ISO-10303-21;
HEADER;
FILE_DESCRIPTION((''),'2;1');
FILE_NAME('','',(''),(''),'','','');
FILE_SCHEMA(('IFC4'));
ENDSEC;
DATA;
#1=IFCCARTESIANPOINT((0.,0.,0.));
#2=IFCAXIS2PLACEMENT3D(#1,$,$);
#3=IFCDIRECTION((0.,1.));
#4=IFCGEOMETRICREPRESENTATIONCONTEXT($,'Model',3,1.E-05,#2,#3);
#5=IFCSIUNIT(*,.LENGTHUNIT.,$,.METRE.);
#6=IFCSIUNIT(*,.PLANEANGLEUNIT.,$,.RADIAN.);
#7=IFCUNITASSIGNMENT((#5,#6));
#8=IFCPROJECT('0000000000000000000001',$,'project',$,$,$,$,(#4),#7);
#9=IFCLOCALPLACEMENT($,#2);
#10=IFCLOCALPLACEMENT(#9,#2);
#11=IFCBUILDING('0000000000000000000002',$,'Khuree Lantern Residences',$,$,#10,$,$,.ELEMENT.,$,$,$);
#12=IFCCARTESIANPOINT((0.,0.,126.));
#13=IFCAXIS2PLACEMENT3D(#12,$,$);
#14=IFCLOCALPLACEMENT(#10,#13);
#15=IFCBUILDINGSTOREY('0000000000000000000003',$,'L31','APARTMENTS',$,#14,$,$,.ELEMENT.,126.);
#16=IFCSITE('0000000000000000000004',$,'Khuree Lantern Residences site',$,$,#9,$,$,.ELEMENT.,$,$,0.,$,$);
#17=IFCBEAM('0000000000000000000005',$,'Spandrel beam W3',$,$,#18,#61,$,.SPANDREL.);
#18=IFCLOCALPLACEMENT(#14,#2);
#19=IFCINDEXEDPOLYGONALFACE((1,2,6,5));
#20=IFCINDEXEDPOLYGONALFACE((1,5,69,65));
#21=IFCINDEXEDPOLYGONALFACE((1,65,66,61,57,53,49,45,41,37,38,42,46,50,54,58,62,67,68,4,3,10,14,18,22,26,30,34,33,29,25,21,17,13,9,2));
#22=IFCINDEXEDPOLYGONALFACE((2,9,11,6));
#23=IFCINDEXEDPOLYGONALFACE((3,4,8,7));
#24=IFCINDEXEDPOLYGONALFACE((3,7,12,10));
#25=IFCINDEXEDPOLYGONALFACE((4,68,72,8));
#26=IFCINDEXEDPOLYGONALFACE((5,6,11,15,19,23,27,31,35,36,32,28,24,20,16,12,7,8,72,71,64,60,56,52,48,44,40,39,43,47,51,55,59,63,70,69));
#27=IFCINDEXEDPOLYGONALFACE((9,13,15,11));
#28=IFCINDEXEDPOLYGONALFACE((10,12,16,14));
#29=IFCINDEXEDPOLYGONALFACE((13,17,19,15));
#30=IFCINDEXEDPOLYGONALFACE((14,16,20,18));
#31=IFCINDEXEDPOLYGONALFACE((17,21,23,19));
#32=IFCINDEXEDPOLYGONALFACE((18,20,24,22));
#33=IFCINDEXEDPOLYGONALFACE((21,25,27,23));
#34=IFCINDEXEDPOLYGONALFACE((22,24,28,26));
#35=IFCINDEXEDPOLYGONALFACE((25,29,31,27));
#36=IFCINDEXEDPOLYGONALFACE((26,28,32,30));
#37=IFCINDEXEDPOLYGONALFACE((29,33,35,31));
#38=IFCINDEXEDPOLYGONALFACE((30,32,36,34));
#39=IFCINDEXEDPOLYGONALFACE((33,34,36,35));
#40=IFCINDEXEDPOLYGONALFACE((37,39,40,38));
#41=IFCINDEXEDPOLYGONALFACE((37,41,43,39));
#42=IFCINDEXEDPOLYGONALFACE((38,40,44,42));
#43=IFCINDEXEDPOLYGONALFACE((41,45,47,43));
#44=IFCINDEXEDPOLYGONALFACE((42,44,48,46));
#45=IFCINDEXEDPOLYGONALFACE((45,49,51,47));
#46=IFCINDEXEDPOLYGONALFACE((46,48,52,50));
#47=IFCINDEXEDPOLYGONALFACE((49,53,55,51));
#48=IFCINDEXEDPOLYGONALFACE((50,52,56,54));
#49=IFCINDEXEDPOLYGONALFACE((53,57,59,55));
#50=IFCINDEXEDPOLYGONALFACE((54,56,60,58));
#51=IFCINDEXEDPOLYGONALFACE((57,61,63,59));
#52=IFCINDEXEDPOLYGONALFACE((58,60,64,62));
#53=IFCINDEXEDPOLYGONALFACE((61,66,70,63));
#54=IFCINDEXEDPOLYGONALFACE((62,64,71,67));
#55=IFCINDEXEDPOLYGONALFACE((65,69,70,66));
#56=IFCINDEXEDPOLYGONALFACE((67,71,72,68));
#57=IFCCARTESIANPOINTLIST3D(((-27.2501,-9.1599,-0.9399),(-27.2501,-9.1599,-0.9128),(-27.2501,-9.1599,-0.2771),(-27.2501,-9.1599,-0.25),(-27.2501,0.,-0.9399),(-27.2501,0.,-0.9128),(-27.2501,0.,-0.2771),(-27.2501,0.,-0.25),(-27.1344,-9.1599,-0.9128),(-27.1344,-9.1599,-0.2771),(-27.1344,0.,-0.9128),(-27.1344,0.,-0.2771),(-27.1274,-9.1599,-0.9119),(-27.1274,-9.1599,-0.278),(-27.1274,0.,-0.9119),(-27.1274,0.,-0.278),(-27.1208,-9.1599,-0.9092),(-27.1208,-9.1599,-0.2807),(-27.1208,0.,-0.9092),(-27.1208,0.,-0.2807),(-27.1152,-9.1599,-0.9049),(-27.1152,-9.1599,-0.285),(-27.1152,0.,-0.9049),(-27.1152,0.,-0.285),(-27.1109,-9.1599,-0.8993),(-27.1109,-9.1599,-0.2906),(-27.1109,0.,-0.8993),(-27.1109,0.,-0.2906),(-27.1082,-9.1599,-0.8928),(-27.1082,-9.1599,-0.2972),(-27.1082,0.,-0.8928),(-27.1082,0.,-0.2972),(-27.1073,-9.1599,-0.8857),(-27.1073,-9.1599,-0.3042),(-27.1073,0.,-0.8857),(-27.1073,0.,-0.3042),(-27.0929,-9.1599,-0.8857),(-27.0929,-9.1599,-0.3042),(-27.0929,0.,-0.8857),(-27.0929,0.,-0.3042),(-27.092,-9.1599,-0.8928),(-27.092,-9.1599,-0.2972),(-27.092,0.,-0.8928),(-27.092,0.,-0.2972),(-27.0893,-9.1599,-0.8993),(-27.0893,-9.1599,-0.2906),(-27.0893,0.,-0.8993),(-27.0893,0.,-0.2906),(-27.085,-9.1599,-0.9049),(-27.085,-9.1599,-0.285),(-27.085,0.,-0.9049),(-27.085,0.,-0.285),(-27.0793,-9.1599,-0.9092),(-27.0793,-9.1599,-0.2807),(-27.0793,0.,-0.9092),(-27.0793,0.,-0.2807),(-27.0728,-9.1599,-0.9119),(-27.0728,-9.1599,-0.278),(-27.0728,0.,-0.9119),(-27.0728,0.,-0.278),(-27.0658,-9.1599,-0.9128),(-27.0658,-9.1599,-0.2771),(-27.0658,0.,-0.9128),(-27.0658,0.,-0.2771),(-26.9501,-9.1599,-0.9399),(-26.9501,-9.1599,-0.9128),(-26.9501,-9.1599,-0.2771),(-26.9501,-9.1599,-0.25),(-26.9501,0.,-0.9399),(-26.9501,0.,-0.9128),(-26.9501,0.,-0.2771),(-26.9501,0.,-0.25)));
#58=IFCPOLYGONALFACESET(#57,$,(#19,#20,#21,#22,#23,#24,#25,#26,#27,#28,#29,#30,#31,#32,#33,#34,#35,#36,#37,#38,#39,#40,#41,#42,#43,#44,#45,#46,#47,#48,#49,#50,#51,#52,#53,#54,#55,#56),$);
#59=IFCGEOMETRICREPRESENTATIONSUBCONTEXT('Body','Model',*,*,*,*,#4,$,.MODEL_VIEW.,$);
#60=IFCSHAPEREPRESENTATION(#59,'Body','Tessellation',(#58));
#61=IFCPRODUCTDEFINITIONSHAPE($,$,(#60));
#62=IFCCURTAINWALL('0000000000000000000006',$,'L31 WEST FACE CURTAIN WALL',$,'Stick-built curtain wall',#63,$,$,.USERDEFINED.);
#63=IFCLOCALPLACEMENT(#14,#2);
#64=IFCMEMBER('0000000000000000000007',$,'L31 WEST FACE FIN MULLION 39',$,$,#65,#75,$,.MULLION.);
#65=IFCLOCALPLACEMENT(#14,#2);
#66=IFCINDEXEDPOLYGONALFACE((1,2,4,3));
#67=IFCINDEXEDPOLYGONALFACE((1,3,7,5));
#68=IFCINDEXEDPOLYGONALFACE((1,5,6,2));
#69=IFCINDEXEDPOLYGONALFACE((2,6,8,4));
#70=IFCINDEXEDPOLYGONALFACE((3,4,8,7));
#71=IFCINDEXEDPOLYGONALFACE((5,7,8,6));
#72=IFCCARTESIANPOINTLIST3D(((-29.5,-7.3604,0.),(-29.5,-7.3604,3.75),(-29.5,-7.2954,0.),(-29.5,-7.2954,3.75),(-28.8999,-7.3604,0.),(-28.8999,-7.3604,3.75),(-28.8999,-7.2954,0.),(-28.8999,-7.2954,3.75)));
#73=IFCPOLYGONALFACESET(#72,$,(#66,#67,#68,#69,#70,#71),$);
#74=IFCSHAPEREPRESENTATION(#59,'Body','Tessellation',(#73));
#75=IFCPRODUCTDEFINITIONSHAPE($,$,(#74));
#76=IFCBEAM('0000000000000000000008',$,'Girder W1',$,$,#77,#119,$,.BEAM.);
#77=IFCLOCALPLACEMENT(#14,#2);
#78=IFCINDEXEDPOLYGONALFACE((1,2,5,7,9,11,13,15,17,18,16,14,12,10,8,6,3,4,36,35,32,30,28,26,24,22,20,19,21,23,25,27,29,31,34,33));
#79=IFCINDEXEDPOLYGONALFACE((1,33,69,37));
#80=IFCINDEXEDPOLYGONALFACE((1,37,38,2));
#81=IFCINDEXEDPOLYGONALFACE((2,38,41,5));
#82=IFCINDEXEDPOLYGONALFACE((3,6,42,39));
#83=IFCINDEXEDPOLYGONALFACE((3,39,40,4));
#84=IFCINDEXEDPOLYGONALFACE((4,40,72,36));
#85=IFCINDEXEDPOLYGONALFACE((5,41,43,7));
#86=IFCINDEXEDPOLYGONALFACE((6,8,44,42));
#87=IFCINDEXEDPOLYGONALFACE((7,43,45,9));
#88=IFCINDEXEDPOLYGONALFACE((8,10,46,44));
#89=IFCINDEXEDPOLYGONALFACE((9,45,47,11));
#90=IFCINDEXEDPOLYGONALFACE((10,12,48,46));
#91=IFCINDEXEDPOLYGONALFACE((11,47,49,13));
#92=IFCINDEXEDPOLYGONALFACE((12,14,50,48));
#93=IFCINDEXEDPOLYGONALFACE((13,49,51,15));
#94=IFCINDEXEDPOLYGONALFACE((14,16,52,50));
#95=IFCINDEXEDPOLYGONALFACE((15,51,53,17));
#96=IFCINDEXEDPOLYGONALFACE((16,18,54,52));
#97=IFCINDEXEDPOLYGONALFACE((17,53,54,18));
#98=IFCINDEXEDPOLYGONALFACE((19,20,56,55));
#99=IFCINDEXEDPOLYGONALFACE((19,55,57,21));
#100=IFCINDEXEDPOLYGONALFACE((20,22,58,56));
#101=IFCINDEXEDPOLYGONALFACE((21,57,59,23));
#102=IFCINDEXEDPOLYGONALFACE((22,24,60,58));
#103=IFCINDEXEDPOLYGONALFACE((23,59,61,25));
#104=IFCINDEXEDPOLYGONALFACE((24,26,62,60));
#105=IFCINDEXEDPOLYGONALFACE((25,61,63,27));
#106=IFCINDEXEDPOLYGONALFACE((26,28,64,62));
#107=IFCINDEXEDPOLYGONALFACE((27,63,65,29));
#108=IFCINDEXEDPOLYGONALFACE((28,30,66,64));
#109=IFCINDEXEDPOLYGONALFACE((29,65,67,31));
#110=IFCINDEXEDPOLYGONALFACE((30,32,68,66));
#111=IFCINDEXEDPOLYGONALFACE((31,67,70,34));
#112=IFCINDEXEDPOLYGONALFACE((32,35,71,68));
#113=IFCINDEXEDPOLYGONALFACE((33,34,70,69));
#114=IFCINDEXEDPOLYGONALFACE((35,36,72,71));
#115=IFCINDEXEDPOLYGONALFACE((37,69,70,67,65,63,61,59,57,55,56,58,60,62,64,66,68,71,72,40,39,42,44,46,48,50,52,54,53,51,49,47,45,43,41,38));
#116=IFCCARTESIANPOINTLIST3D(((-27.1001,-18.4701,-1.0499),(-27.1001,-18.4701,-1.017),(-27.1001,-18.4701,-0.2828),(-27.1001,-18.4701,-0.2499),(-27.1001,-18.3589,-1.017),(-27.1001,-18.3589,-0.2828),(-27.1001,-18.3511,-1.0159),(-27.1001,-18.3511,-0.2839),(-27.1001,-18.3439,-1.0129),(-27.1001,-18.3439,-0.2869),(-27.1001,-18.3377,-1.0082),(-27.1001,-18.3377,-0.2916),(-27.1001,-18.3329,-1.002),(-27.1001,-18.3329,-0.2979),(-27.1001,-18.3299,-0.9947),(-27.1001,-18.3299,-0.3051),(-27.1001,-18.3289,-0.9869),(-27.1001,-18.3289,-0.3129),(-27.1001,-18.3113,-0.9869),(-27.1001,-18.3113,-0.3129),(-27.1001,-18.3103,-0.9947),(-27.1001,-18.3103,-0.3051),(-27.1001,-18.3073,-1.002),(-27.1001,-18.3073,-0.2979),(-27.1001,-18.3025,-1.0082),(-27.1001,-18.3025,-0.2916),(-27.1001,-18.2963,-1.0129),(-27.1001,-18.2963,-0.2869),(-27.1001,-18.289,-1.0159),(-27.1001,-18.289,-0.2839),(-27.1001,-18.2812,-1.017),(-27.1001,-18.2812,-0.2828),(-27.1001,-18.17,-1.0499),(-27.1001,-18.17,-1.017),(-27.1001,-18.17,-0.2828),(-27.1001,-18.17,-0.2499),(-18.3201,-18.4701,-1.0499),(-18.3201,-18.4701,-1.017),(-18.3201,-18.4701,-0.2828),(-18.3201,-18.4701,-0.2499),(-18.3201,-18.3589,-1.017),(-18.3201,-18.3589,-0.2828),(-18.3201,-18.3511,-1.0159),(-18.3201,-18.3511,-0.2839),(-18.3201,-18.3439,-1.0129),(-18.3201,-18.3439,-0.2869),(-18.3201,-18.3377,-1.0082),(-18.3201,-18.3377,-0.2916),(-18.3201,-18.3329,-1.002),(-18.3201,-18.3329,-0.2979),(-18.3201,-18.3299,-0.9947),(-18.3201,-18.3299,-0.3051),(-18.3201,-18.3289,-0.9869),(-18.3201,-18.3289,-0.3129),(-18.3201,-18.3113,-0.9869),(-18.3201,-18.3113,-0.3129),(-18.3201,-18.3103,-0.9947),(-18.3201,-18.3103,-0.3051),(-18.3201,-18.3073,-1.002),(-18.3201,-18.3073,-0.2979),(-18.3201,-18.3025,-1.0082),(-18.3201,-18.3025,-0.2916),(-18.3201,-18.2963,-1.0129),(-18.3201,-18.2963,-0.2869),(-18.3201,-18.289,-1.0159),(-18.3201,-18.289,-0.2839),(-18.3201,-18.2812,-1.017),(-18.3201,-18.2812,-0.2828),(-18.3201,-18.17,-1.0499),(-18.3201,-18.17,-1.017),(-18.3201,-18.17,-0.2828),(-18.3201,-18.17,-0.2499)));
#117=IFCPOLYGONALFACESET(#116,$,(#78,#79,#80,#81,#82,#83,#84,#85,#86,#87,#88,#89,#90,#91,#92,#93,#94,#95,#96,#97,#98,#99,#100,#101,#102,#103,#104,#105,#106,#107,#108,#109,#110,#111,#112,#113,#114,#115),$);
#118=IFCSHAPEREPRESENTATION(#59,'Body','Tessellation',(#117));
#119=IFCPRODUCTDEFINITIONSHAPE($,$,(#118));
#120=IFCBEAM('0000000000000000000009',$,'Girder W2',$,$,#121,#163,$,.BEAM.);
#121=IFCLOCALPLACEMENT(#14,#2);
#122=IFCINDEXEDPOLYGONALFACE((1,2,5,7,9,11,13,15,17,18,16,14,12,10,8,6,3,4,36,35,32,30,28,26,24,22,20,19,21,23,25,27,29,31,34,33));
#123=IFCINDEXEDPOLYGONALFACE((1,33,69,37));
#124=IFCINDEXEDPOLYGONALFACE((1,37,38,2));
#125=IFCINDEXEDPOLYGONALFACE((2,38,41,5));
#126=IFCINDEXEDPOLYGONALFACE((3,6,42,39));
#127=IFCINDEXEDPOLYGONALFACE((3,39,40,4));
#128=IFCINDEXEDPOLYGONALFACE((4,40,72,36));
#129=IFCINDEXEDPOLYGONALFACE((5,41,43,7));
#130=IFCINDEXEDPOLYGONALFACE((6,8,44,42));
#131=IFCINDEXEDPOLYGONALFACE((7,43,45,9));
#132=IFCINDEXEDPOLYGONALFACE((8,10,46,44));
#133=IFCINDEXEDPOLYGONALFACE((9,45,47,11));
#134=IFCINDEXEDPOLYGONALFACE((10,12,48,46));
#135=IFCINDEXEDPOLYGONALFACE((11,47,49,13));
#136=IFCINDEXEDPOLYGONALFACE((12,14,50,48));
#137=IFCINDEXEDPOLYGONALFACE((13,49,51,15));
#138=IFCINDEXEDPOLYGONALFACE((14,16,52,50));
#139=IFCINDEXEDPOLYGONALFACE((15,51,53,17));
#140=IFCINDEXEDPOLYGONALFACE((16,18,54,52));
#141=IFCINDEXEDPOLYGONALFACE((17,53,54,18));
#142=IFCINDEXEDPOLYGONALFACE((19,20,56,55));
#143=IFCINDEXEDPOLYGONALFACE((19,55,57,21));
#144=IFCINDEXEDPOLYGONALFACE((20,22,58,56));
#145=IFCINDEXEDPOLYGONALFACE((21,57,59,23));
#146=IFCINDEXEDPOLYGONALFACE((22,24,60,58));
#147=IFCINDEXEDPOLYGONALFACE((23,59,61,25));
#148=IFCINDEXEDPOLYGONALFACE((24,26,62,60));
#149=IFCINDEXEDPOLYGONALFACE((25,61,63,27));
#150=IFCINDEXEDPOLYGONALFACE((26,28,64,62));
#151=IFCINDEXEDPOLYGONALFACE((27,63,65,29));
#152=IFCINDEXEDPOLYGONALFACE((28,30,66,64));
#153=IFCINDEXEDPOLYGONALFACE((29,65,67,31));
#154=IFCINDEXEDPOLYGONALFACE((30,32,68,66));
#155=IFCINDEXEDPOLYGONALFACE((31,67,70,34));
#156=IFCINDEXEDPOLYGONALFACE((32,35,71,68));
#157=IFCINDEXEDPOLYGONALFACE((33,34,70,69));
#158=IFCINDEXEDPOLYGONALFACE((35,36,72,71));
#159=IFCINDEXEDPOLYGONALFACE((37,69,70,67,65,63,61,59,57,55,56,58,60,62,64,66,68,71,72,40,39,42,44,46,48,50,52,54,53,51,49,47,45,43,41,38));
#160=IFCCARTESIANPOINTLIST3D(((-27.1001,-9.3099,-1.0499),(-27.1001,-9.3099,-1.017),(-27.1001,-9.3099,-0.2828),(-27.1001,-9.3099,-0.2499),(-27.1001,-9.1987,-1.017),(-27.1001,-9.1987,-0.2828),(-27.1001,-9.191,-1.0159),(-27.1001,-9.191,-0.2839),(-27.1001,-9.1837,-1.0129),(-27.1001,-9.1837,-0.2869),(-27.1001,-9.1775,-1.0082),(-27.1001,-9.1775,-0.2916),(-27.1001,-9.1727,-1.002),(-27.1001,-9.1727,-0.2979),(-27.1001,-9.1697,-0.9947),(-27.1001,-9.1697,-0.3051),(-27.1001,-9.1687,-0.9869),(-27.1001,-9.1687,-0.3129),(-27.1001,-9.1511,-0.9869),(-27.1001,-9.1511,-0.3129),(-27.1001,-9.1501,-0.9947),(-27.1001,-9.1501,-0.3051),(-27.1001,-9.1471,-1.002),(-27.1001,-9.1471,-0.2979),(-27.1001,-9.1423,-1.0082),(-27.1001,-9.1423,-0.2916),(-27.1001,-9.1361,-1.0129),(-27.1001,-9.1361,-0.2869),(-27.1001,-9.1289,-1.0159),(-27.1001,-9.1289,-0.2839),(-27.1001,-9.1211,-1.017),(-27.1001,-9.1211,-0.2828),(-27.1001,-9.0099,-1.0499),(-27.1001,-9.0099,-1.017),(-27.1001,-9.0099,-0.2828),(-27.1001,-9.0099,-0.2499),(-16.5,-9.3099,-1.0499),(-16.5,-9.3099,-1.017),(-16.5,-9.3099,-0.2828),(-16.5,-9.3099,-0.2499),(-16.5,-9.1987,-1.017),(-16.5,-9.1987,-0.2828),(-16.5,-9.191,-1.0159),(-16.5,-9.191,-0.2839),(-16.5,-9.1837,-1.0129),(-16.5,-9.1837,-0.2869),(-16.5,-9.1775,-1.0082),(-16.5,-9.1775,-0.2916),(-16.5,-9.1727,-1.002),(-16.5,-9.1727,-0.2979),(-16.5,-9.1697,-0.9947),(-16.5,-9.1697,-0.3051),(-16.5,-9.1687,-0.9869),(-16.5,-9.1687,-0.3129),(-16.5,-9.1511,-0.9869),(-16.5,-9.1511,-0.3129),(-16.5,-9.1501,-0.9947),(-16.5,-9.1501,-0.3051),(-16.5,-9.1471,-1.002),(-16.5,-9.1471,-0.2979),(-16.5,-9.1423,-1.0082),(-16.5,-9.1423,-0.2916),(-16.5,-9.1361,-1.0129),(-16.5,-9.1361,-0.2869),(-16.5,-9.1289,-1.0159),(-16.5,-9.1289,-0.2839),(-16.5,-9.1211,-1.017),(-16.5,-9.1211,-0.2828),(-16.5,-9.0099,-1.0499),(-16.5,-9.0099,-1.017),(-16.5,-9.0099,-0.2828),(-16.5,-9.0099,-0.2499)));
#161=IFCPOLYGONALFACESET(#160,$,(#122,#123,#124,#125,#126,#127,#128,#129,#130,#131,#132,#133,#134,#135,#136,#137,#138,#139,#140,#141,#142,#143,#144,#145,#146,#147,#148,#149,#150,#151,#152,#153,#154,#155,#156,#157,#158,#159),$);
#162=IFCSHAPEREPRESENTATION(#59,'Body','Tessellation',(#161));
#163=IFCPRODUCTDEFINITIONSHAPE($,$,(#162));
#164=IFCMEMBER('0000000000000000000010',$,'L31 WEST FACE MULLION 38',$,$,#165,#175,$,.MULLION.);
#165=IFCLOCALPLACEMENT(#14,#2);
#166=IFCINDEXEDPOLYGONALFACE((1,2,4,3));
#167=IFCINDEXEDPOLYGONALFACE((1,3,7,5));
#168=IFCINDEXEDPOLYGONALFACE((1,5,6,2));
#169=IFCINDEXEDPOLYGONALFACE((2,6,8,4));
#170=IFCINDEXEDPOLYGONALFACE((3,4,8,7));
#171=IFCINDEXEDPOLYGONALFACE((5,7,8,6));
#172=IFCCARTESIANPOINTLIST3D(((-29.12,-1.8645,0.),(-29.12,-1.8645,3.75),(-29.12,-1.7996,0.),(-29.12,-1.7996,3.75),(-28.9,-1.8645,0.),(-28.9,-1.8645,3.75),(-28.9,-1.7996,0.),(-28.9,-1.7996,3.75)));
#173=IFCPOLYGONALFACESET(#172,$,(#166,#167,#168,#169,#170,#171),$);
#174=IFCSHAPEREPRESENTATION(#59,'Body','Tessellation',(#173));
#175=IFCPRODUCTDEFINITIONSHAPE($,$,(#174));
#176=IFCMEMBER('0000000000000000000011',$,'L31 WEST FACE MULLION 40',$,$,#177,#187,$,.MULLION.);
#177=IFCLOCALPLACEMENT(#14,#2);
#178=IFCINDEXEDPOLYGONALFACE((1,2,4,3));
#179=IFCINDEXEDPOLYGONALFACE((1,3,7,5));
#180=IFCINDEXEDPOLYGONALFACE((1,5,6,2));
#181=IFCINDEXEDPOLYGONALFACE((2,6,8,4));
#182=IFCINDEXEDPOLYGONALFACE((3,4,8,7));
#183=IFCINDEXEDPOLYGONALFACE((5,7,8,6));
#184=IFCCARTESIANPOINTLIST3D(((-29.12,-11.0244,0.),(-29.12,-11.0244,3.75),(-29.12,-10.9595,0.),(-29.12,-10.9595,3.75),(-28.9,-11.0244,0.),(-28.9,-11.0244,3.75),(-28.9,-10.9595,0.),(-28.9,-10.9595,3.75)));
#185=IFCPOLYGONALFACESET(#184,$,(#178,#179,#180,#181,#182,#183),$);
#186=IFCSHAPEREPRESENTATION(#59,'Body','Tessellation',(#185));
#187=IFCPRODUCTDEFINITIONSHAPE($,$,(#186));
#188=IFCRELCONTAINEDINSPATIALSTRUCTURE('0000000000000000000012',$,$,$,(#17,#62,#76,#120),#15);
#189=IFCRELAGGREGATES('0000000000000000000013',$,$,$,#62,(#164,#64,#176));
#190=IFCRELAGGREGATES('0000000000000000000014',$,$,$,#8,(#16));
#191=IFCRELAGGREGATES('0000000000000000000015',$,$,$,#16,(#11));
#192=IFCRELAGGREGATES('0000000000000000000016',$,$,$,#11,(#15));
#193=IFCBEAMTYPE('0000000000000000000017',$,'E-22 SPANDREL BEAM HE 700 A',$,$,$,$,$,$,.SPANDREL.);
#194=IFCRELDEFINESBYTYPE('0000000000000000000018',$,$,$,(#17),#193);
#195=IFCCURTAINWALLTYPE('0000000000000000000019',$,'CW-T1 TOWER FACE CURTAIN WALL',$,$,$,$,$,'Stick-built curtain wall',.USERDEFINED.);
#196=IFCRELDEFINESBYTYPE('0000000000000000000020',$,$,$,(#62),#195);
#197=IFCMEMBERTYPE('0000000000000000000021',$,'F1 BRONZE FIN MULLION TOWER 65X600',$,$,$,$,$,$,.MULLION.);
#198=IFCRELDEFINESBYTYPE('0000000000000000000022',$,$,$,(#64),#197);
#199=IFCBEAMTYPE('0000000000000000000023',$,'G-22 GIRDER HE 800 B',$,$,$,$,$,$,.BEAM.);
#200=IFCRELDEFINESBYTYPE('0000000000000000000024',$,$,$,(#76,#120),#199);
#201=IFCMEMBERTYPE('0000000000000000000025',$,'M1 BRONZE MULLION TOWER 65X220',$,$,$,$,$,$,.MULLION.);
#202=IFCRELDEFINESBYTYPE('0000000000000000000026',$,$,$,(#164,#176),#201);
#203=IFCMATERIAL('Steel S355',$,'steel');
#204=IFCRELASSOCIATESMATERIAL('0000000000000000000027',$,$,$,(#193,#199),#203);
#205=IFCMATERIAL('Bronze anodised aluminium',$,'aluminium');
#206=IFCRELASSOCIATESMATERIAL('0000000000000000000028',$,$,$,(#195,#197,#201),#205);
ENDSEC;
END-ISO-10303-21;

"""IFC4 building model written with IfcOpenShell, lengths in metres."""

from ifc_helpers import new_model, si_unit, direction, frame, origin, origin_2d, place, context, subcontext, project, spatial, rectangle, i_section, extrude, material, material_profile, profile_set, type_object, element, aggregate, save


model = new_model("IFC4")

# Units and contexts
model_context = context("Model", 3, precision=1e-05, world=origin(), true_north=direction((0.0, 1.0)))
body_context = subcontext(model_context, "Body", "Model", "MODEL_VIEW")
ifc_project = project(units=[si_unit("LENGTHUNIT", "METRE"), si_unit("PLANEANGLEUNIT", "RADIAN")], contexts=[model_context])

# Site, building, storey
site_placement = place(None, origin())
site = spatial("IfcSite", under=ifc_project, at=site_placement, Name="Khuree Lantern Residences site", CompositionType="ELEMENT", RefElevation=0.0)
building_placement = place(site_placement, origin())
building = spatial("IfcBuilding", under=site, at=building_placement, Name="Khuree Lantern Residences", CompositionType="ELEMENT")
storey_placement = place(building_placement, frame((0.0, 0.0, 126.0)))
storey = spatial("IfcBuildingStorey", under=building, at=storey_placement, Name="L31", Description="APARTMENTS", CompositionType="ELEMENT", Elevation=126.0)

# Beam
ifc_material_1 = material(Name="Steel S355", Category="steel")
ifc_material_profile_1 = material_profile(ifc_material_1, i_section(OverallWidth=0.3, OverallDepth=0.6899, WebThickness=0.0144, FlangeThickness=0.0271, FilletRadius=0.0271, at=origin_2d()), Name="HE 700 A")
ifc_profile_set_1 = profile_set([ifc_material_profile_1], Name="Steel S355")
beam_type_1 = type_object("IfcBeamType", Name="E-22 SPANDREL BEAM HE 700 A", PredefinedType="SPANDREL", material=ifc_profile_set_1)
beam_1_placement = place(storey_placement, frame((-27.1001, -9.1599, -0.595), z_axis=(0.0, 1.0, 0.0), x_axis=(-1.0, 0.0, 0.0)))
element("IfcBeam", 1, at=beam_1_placement, inside=storey, type_object=beam_type_1, Name="Spandrel beam W3", PredefinedType="SPANDREL", context=body_context, shape_type="SweptSolid", body=[
    extrude(i_section(OverallWidth=0.3, OverallDepth=0.6899, WebThickness=0.0144, FlangeThickness=0.0271, FilletRadius=0.0271, at=origin_2d()), origin(), (0.0, 0.0, 1.0), 9.1599),
])

# Curtain wall, member
ifc_material_2 = material(Name="Bronze anodised aluminium", Category="aluminium")
curtain_wall_type = type_object("IfcCurtainWallType", Name="CW-T1 TOWER FACE CURTAIN WALL", ElementType="Stick-built curtain wall", PredefinedType="USERDEFINED", material=ifc_material_2)
curtain_wall_placement = place(storey_placement, origin())
curtain_wall = element("IfcCurtainWall", 2, at=curtain_wall_placement, inside=storey, type_object=curtain_wall_type, Name="L31 WEST FACE CURTAIN WALL", ObjectType="Stick-built curtain wall", PredefinedType="USERDEFINED")
ifc_material_profile_2 = material_profile(ifc_material_2, rectangle(XDim=0.0649, YDim=0.6001, at=origin_2d()), Name="F1 65X600")
ifc_profile_set_2 = profile_set([ifc_material_profile_2], Name="Bronze anodised aluminium")
member_type_1 = type_object("IfcMemberType", Name="F1 BRONZE FIN MULLION TOWER 65X600", PredefinedType="MULLION", material=ifc_profile_set_2)
member_1_placement = place(storey_placement, frame((-29.2, -7.3279, 0.0), z_axis=(0.0, 0.0, 1.0), x_axis=(0.0, -1.0, 0.0)))
member_1 = element("IfcMember", 3, at=member_1_placement, type_object=member_type_1, Name="L31 WEST FACE FIN MULLION 39", PredefinedType="MULLION", context=body_context, shape_type="SweptSolid", body=[
    extrude(rectangle(XDim=0.0649, YDim=0.6001, at=origin_2d()), origin(), (0.0, 0.0, 1.0), 3.75),
])

# Beams
ifc_material_profile_3 = material_profile(ifc_material_1, i_section(OverallWidth=0.3, OverallDepth=0.8, WebThickness=0.0176, FlangeThickness=0.033, FilletRadius=0.03, at=origin_2d()), Name="HE 800 B")
ifc_profile_set_3 = profile_set([ifc_material_profile_3], Name="Steel S355")
beam_type_2 = type_object("IfcBeamType", Name="G-22 GIRDER HE 800 B", PredefinedType="BEAM", material=ifc_profile_set_3)
beam_2_placement = place(storey_placement, frame((-27.1001, -18.3201, -0.6499), z_axis=(1.0, 0.0, 0.0), x_axis=(0.0, 1.0, 0.0)))
element("IfcBeam", 4, at=beam_2_placement, inside=storey, type_object=beam_type_2, Name="Girder W1", PredefinedType="BEAM", context=body_context, shape_type="SweptSolid", body=[
    extrude(i_section(OverallWidth=0.3, OverallDepth=0.8, WebThickness=0.0176, FlangeThickness=0.033, FilletRadius=0.03, at=origin_2d()), origin(), (0.0, 0.0, 1.0), 8.78),
])
beam_3_placement = place(storey_placement, frame((-27.1001, -9.1599, -0.6499), z_axis=(1.0, 0.0, 0.0), x_axis=(0.0, 1.0, 0.0)))
element("IfcBeam", 5, at=beam_3_placement, inside=storey, type_object=beam_type_2, Name="Girder W2", PredefinedType="BEAM", context=body_context, shape_type="SweptSolid", body=[
    extrude(i_section(OverallWidth=0.3, OverallDepth=0.8, WebThickness=0.0176, FlangeThickness=0.033, FilletRadius=0.03, at=origin_2d()), origin(), (0.0, 0.0, 1.0), 10.6001),
])

# Members
ifc_material_profile_4 = material_profile(ifc_material_2, rectangle(XDim=0.0649, YDim=0.22, at=origin_2d()), Name="M1 65X220")
ifc_profile_set_4 = profile_set([ifc_material_profile_4], Name="Bronze anodised aluminium")
member_type_2 = type_object("IfcMemberType", Name="M1 BRONZE MULLION TOWER 65X220", PredefinedType="MULLION", material=ifc_profile_set_4)
member_2_placement = place(storey_placement, frame((-29.01, -1.832, 0.0), z_axis=(0.0, 0.0, 1.0), x_axis=(0.0, -1.0, 0.0)))
member_2 = element("IfcMember", 6, at=member_2_placement, type_object=member_type_2, Name="L31 WEST FACE MULLION 38", PredefinedType="MULLION", context=body_context, shape_type="SweptSolid", body=[
    extrude(rectangle(XDim=0.0649, YDim=0.22, at=origin_2d()), origin(), (0.0, 0.0, 1.0), 3.75),
])
member_3_placement = place(storey_placement, frame((-29.01, -10.9919, 0.0), z_axis=(0.0, 0.0, 1.0), x_axis=(0.0, -1.0, 0.0)))
member_3 = element("IfcMember", 7, at=member_3_placement, type_object=member_type_2, Name="L31 WEST FACE MULLION 40", PredefinedType="MULLION", context=body_context, shape_type="SweptSolid", body=[
    extrude(rectangle(XDim=0.0649, YDim=0.22, at=origin_2d()), origin(), (0.0, 0.0, 1.0), 3.75),
])

aggregate(curtain_wall, [member_2, member_1, member_3])

save(model, "model.ifc")
